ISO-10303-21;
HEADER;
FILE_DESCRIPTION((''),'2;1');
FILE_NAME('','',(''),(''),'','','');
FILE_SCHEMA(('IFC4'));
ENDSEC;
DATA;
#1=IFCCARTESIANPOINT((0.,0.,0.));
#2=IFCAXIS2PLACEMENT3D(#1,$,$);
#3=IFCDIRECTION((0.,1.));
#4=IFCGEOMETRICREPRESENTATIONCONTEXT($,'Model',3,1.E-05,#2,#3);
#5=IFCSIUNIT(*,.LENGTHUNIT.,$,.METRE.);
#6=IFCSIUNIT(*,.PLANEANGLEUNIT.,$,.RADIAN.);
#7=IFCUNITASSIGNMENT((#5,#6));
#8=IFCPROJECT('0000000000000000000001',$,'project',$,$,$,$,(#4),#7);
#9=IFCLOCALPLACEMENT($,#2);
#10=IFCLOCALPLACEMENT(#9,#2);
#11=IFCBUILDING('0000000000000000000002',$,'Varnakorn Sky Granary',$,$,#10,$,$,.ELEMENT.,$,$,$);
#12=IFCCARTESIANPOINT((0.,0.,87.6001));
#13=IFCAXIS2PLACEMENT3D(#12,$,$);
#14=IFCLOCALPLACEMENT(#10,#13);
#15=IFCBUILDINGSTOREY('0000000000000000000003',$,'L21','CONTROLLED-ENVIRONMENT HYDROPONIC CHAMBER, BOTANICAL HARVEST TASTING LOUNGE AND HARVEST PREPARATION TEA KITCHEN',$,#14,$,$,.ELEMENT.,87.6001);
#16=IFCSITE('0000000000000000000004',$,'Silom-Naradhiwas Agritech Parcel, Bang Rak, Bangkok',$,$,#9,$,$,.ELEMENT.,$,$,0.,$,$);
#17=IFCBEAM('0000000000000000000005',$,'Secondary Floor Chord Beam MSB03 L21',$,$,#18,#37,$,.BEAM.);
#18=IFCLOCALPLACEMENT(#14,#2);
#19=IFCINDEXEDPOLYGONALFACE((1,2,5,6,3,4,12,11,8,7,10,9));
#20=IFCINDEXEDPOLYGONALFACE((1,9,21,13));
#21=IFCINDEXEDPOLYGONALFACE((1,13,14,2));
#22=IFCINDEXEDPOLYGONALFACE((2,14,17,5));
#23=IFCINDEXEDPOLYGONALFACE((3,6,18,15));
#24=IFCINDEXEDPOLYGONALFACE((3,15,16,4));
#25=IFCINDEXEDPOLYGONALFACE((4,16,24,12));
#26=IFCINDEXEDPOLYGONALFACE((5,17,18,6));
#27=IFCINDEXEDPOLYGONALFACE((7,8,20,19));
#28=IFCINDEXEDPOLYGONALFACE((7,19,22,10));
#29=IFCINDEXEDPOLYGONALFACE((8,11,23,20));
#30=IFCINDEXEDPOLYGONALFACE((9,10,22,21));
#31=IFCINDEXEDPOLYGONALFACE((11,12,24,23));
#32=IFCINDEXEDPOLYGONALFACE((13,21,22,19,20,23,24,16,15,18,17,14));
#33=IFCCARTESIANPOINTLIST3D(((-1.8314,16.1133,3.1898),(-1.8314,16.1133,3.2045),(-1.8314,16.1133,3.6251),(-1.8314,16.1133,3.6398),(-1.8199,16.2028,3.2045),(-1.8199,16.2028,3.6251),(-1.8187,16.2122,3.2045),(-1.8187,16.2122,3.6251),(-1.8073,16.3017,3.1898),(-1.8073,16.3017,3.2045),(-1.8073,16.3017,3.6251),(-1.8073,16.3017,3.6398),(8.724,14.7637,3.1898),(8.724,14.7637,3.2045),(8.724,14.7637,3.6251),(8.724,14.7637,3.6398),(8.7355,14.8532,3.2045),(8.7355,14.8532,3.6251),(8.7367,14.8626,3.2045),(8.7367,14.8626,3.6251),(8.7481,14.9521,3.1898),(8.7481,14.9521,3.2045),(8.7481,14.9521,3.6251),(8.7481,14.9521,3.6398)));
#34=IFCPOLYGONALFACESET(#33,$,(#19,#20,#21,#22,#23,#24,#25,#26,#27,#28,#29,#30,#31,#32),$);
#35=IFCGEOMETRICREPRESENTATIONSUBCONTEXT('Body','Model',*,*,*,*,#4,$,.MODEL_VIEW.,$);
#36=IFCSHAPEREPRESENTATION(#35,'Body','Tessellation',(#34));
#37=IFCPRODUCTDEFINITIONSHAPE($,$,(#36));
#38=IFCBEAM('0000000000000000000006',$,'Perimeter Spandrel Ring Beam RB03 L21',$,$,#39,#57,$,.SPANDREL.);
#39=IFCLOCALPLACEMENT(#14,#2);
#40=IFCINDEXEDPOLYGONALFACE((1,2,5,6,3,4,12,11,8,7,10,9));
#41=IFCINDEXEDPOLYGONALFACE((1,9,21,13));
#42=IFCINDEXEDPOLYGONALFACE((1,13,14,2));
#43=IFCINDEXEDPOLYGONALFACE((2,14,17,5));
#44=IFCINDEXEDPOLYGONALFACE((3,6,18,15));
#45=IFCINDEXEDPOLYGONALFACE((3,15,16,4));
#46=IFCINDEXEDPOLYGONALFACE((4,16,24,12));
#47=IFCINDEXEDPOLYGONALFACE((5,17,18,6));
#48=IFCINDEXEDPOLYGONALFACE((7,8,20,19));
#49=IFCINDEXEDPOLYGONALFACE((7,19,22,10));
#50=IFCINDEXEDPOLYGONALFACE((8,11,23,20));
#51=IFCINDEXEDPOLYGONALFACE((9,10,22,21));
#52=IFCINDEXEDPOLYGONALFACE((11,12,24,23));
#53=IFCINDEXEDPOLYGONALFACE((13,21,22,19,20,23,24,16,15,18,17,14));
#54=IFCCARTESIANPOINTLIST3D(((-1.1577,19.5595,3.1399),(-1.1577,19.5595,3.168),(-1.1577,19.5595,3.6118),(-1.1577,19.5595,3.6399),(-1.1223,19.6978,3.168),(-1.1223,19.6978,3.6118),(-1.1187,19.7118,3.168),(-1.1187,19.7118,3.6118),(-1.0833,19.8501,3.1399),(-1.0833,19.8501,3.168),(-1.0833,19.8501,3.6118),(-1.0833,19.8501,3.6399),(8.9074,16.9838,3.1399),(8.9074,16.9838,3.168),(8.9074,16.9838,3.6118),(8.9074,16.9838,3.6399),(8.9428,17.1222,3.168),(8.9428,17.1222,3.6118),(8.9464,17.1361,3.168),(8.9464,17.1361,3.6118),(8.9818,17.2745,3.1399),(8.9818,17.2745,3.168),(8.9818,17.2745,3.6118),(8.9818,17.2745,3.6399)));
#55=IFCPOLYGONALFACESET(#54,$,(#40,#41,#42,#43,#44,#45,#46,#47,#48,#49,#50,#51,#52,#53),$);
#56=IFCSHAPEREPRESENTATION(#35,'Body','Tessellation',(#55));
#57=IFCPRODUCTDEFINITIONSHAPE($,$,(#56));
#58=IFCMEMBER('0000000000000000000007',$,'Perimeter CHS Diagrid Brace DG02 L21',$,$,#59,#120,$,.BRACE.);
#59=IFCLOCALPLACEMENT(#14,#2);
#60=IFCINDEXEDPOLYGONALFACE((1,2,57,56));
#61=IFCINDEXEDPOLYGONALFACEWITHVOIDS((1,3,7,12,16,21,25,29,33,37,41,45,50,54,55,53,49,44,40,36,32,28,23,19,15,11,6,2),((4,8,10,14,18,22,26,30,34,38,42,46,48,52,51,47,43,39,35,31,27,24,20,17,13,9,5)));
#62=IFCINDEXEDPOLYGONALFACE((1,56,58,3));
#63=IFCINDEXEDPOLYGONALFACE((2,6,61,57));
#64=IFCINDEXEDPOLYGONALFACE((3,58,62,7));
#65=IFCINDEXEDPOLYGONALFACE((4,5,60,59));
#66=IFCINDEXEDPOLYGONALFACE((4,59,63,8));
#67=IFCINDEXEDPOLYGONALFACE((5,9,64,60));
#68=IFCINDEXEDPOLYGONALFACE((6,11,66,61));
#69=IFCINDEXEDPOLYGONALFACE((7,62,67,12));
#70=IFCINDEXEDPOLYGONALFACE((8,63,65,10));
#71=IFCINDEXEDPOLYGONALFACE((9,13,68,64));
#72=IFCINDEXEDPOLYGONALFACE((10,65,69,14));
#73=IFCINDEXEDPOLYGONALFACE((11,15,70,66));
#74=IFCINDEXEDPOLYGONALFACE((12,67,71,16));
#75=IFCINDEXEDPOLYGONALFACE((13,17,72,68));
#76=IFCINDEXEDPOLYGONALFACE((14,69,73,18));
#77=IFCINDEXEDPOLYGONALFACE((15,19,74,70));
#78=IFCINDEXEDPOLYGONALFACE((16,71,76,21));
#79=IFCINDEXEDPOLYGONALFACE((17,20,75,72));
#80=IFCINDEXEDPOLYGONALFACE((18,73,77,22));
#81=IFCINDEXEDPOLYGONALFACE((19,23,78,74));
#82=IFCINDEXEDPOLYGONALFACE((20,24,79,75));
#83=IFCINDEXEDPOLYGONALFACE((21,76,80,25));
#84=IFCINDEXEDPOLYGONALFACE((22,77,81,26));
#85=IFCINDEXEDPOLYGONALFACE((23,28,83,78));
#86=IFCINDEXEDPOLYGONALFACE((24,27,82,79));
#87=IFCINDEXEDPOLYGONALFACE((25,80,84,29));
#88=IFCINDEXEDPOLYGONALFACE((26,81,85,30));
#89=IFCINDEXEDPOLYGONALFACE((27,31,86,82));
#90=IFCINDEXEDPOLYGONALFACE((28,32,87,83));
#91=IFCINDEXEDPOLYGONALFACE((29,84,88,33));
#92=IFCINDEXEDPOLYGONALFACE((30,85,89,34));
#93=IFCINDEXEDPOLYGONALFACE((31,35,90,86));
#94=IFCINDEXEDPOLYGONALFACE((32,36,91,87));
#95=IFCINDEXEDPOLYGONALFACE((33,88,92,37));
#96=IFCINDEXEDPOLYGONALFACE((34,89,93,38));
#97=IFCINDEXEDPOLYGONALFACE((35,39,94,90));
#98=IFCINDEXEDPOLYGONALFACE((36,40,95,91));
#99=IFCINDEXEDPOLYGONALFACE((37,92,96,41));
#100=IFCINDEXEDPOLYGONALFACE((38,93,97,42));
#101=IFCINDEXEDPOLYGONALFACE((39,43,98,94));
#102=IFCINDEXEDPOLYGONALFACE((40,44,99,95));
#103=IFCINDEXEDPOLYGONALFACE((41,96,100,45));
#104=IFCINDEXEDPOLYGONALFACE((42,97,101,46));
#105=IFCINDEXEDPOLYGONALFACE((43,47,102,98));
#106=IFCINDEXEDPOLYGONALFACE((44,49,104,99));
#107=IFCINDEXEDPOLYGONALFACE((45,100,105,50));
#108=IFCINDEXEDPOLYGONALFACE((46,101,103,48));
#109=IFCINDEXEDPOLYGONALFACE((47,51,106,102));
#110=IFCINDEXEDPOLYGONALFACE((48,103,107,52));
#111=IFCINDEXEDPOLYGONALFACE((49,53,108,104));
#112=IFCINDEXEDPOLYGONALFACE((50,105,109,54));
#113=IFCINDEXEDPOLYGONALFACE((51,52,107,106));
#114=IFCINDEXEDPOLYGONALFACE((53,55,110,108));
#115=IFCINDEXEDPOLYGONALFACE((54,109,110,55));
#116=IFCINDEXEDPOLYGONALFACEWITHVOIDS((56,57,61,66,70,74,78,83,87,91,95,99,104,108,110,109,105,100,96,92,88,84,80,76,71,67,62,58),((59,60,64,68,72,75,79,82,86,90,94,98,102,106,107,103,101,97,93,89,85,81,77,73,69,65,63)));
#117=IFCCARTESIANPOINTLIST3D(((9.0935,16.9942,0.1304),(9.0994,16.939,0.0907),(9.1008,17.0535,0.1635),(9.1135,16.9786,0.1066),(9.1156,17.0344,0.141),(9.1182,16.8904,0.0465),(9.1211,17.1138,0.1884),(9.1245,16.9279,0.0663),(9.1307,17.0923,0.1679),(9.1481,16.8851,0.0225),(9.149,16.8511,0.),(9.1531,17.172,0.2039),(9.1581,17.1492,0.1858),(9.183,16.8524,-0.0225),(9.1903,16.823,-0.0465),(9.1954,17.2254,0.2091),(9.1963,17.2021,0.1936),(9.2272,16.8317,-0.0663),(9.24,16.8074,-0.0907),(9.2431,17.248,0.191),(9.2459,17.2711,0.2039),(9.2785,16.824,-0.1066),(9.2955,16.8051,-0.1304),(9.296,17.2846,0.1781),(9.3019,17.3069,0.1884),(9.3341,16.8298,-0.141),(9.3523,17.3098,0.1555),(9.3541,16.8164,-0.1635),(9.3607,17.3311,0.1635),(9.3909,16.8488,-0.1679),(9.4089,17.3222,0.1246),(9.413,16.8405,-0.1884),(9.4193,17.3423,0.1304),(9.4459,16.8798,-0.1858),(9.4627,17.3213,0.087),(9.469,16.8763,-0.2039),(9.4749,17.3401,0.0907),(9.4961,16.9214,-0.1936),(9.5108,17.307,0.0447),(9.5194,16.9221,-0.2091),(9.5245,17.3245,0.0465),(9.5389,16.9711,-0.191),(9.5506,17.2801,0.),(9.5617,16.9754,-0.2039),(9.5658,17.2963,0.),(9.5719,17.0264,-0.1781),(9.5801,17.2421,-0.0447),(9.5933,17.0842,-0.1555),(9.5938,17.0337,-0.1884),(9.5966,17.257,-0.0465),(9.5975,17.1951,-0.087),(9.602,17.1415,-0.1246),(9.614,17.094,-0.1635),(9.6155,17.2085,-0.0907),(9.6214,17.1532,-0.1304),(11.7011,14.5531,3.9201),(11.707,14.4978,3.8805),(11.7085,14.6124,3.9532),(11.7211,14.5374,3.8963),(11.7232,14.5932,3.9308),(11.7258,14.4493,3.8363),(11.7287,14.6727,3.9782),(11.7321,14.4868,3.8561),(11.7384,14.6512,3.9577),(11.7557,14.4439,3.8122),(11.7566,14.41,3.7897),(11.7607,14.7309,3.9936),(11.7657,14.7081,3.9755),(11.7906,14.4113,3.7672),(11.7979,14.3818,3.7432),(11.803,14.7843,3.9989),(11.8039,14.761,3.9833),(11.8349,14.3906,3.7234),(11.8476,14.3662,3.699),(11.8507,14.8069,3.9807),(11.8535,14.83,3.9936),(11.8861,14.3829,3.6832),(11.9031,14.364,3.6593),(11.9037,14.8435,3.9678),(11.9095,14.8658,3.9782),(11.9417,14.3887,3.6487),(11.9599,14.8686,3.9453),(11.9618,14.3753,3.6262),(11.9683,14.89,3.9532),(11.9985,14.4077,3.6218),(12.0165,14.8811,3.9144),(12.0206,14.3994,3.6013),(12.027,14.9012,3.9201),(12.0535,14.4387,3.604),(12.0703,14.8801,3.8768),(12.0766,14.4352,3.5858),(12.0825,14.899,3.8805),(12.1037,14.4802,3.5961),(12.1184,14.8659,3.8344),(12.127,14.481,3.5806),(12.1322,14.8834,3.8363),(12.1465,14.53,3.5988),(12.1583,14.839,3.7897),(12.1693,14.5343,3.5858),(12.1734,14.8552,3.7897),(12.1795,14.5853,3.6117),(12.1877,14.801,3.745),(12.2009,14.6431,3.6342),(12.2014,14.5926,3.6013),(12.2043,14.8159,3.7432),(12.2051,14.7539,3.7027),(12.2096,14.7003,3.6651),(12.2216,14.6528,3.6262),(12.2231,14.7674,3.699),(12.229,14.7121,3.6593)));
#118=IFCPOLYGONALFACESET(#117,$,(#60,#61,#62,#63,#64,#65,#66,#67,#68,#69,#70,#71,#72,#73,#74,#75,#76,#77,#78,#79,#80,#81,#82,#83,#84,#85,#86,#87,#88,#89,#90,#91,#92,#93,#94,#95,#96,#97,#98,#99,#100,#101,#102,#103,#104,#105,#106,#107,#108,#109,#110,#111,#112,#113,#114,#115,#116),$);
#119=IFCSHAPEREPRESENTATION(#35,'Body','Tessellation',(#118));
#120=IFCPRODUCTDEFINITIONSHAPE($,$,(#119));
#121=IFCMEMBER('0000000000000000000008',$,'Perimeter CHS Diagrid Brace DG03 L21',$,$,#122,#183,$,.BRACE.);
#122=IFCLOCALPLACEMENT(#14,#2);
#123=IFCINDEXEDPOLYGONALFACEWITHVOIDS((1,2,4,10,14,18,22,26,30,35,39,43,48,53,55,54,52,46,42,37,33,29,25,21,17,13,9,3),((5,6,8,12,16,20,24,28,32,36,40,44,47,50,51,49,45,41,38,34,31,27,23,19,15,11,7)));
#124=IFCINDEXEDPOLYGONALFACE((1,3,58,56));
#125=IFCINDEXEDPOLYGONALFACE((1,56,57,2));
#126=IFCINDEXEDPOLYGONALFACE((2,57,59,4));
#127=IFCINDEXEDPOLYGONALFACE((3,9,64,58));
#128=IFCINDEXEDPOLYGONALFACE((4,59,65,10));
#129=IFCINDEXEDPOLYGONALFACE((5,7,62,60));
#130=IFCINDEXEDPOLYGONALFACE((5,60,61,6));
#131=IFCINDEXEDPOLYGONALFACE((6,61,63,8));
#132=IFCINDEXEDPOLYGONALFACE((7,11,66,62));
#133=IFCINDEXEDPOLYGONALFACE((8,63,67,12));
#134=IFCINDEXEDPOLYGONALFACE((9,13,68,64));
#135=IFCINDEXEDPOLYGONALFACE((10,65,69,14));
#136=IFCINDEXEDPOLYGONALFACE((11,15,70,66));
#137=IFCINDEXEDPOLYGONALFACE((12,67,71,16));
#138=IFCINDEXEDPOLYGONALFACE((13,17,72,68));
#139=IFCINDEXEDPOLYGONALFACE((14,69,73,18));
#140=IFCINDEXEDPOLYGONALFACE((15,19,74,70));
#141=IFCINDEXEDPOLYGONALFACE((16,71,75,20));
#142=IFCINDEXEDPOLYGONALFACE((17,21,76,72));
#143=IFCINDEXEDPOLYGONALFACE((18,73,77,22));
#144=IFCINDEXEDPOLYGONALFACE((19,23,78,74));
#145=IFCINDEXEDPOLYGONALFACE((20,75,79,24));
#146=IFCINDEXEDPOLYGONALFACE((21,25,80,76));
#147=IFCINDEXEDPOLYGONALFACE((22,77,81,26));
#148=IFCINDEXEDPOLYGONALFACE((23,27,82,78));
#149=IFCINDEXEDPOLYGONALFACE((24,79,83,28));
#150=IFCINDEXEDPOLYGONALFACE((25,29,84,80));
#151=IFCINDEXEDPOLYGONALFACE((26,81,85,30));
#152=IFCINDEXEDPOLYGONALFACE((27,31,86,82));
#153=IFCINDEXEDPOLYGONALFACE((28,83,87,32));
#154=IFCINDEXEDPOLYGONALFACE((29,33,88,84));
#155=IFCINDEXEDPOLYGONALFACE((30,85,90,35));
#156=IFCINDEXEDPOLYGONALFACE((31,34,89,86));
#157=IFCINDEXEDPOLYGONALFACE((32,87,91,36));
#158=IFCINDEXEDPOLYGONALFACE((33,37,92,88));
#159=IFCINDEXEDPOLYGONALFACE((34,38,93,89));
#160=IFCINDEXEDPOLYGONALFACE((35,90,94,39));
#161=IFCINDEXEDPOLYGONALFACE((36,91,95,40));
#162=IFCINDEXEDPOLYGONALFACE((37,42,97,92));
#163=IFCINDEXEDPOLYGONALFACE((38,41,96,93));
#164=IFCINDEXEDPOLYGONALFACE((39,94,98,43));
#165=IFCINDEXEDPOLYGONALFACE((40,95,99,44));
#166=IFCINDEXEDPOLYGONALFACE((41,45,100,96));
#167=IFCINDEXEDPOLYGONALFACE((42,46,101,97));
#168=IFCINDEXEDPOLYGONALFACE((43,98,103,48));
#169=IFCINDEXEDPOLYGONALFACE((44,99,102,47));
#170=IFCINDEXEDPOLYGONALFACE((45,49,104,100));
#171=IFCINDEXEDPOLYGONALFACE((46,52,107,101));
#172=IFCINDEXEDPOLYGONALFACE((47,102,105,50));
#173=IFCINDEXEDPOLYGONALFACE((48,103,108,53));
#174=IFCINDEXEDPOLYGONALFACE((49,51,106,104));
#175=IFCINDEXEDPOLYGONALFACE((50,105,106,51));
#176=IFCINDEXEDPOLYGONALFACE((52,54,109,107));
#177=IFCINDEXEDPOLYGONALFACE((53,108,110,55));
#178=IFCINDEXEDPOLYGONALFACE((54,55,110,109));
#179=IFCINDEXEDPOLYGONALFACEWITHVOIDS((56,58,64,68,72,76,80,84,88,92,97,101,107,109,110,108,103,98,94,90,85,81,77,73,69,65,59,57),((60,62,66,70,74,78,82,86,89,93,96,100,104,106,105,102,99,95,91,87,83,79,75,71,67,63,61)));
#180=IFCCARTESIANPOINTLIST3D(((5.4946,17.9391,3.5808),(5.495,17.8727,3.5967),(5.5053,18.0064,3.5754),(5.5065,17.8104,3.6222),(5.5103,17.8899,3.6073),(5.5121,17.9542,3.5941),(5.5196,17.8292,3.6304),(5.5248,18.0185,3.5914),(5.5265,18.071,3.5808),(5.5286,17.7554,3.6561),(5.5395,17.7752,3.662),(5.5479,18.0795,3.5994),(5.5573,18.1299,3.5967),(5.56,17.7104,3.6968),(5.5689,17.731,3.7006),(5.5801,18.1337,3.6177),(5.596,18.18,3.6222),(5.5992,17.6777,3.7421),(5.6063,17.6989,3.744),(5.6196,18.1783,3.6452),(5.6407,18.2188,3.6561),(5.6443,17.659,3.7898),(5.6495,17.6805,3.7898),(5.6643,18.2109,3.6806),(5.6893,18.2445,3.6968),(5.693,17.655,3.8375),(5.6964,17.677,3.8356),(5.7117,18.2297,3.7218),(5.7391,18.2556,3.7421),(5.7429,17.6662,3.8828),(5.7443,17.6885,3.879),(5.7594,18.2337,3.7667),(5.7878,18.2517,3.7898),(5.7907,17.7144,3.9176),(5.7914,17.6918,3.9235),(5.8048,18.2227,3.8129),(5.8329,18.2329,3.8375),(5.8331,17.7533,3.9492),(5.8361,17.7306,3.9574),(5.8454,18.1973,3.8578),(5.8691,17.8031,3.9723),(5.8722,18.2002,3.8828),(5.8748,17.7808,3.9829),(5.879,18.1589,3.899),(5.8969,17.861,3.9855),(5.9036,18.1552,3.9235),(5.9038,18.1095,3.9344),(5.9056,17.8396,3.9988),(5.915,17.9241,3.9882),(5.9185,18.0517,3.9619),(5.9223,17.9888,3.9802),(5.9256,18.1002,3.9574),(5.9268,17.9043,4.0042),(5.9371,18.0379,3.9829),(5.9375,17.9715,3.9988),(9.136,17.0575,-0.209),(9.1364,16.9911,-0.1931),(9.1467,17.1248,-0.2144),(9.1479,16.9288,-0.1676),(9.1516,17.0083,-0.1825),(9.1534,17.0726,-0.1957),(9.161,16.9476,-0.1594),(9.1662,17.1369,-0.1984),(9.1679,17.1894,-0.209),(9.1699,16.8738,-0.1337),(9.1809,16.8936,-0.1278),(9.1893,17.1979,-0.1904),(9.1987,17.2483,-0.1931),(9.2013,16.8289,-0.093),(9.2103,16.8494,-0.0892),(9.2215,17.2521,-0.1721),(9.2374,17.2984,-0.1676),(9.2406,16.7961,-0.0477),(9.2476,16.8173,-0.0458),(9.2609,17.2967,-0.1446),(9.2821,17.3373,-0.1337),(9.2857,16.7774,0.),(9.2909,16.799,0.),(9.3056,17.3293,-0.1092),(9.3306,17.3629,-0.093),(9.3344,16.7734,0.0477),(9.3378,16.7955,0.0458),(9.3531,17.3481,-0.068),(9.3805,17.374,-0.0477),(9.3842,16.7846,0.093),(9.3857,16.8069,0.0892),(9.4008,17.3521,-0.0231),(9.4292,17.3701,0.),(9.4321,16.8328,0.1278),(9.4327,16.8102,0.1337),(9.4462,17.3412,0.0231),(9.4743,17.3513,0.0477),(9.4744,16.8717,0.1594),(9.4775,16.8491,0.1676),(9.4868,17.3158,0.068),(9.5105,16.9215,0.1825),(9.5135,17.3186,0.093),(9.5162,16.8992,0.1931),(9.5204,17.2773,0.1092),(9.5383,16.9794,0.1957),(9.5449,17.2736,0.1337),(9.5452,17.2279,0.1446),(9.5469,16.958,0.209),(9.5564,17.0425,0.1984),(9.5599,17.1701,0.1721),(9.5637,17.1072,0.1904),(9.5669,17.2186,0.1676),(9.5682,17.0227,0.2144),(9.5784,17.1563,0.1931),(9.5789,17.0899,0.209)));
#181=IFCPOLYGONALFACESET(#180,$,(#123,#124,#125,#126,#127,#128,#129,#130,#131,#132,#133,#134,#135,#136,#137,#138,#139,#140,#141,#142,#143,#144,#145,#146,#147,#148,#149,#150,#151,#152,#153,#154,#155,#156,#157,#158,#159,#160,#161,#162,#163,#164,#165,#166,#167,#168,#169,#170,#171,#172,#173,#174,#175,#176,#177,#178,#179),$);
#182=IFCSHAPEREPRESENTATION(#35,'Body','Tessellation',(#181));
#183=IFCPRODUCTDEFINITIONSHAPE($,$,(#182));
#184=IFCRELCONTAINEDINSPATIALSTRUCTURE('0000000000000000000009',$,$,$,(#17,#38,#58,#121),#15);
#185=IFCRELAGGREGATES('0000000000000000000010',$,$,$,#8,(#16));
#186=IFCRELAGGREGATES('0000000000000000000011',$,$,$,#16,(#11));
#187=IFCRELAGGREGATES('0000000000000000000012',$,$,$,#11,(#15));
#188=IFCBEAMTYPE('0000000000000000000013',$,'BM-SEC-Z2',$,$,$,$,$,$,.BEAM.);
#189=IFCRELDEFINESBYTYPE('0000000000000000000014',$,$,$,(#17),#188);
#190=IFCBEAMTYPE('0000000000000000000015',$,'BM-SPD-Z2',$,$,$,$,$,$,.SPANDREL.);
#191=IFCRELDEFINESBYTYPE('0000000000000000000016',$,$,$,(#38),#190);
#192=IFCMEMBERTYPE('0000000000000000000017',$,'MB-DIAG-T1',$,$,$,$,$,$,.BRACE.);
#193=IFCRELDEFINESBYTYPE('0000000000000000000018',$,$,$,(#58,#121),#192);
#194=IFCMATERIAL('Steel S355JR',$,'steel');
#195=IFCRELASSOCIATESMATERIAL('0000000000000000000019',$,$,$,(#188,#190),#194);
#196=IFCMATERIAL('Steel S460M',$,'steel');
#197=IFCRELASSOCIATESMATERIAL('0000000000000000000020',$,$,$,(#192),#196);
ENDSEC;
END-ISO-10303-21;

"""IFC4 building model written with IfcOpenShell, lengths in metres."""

from ifc_helpers import new_model, si_unit, direction, frame, origin, origin_2d, place, context, subcontext, project, spatial, hollow_circle, i_section, extrude, material, material_profile, profile_set, type_object, element, save


model = new_model("IFC4")

# Units and contexts
model_context = context("Model", 3, precision=1e-05, world=origin(), true_north=direction((0.0, 1.0)))
body_context = subcontext(model_context, "Body", "Model", "MODEL_VIEW")
ifc_project = project(units=[si_unit("LENGTHUNIT", "METRE"), si_unit("PLANEANGLEUNIT", "RADIAN")], contexts=[model_context])

# Site, building, storey
site_placement = place(None, origin())
site = spatial("IfcSite", under=ifc_project, at=site_placement, Name="Silom-Naradhiwas Agritech Parcel, Bang Rak, Bangkok", CompositionType="ELEMENT", RefElevation=0.0)
building_placement = place(site_placement, origin())
building = spatial("IfcBuilding", under=site, at=building_placement, Name="Varnakorn Sky Granary", CompositionType="ELEMENT")
storey_placement = place(building_placement, frame((0.0, 0.0, 87.6001)))
storey = spatial("IfcBuildingStorey", under=building, at=storey_placement, Name="L21", Description="CONTROLLED-ENVIRONMENT HYDROPONIC CHAMBER, BOTANICAL HARVEST TASTING LOUNGE AND HARVEST PREPARATION TEA KITCHEN", CompositionType="ELEMENT", Elevation=87.6001)

# Shared definitions
ifc_material_1 = material(Name="Steel S460M", Category="steel")

# Beams
ifc_material_2 = material(Name="Steel S355JR", Category="steel")
ifc_material_profile_1 = material_profile(ifc_material_2, i_section(OverallWidth=0.1899, OverallDepth=0.45, WebThickness=0.0095, FlangeThickness=0.0146, at=origin_2d()), Name="IPE 450")
ifc_profile_set_1 = profile_set([ifc_material_profile_1], Name="Steel S355JR")
beam_type_1 = type_object("IfcBeamType", Name="BM-SEC-Z2", PredefinedType="BEAM", material=ifc_profile_set_1)
beam_1_placement = place(storey_placement, frame((8.7361, 14.8579, 3.4148), z_axis=(-0.991925, 0.126827, 0.0), x_axis=(-0.126827, -0.991925, 0.0)))
element("IfcBeam", 1, at=beam_1_placement, inside=storey, type_object=beam_type_1, Name="Secondary Floor Chord Beam MSB03 L21", PredefinedType="BEAM", context=body_context, shape_type="SweptSolid", body=[
    extrude(i_section(OverallWidth=0.1899, OverallDepth=0.45, WebThickness=0.0095, FlangeThickness=0.0146, at=origin_2d()), origin(), (0.0, 0.0, 1.0), 10.6414),
])
ifc_material_profile_2 = material_profile(ifc_material_2, i_section(OverallWidth=0.3, OverallDepth=0.5, WebThickness=0.0144, FlangeThickness=0.0281, at=origin_2d()), Name="HE 500 B")
ifc_profile_set_2 = profile_set([ifc_material_profile_2], Name="Steel S355JR")
beam_type_2 = type_object("IfcBeamType", Name="BM-SPD-Z2", PredefinedType="SPANDREL", material=ifc_profile_set_2)
beam_2_placement = place(storey_placement, frame((8.9446, 17.1292, 3.3899), z_axis=(-0.968783, 0.247912, 0.0), x_axis=(-0.247912, -0.968783, 0.0)))
element("IfcBeam", 2, at=beam_2_placement, inside=storey, type_object=beam_type_2, Name="Perimeter Spandrel Ring Beam RB03 L21", PredefinedType="SPANDREL", context=body_context, shape_type="SweptSolid", body=[
    extrude(i_section(OverallWidth=0.3, OverallDepth=0.5, WebThickness=0.0144, FlangeThickness=0.0281, at=origin_2d()), origin(), (0.0, 0.0, 1.0), 10.3894),
])

# Members
ifc_material_profile_3 = material_profile(ifc_material_1, hollow_circle(Radius=0.3049, WallThickness=0.0222, at=origin_2d()), Name="CHS 610x22")
ifc_profile_set_3 = profile_set([ifc_material_profile_3], Name="Steel S460M")
member_type = type_object("IfcMemberType", Name="MB-DIAG-T1", PredefinedType="BRACE", material=ifc_profile_set_3)
member_1_placement = place(storey_placement, frame((9.3574, 17.0737, 0.0), z_axis=(0.500718, -0.468746, 0.727708), x_axis=(0.683416, 0.730029, 0.0)))
element("IfcMember", 3, at=member_1_placement, inside=storey, type_object=member_type, Name="Perimeter CHS Diagrid Brace DG02 L21", PredefinedType="BRACE", context=body_context, shape_type="SweptSolid", body=[
    extrude(hollow_circle(Radius=0.3049, WallThickness=0.0222, at=origin_2d()), origin(), (0.0, 0.0, 1.0), 5.2078),
])
member_2_placement = place(storey_placement, frame((9.3574, 17.0737, 0.0), z_axis=(-0.683298, 0.16543, 0.711152), x_axis=(-0.235307, -0.971921, 0.0)))
element("IfcMember", 4, at=member_2_placement, inside=storey, type_object=member_type, Name="Perimeter CHS Diagrid Brace DG03 L21", PredefinedType="BRACE", context=body_context, shape_type="SweptSolid", body=[
    extrude(hollow_circle(Radius=0.3049, WallThickness=0.0222, at=origin_2d()), origin(), (0.0, 0.0, 1.0), 5.3291),
])

save(model, "model.ifc")
